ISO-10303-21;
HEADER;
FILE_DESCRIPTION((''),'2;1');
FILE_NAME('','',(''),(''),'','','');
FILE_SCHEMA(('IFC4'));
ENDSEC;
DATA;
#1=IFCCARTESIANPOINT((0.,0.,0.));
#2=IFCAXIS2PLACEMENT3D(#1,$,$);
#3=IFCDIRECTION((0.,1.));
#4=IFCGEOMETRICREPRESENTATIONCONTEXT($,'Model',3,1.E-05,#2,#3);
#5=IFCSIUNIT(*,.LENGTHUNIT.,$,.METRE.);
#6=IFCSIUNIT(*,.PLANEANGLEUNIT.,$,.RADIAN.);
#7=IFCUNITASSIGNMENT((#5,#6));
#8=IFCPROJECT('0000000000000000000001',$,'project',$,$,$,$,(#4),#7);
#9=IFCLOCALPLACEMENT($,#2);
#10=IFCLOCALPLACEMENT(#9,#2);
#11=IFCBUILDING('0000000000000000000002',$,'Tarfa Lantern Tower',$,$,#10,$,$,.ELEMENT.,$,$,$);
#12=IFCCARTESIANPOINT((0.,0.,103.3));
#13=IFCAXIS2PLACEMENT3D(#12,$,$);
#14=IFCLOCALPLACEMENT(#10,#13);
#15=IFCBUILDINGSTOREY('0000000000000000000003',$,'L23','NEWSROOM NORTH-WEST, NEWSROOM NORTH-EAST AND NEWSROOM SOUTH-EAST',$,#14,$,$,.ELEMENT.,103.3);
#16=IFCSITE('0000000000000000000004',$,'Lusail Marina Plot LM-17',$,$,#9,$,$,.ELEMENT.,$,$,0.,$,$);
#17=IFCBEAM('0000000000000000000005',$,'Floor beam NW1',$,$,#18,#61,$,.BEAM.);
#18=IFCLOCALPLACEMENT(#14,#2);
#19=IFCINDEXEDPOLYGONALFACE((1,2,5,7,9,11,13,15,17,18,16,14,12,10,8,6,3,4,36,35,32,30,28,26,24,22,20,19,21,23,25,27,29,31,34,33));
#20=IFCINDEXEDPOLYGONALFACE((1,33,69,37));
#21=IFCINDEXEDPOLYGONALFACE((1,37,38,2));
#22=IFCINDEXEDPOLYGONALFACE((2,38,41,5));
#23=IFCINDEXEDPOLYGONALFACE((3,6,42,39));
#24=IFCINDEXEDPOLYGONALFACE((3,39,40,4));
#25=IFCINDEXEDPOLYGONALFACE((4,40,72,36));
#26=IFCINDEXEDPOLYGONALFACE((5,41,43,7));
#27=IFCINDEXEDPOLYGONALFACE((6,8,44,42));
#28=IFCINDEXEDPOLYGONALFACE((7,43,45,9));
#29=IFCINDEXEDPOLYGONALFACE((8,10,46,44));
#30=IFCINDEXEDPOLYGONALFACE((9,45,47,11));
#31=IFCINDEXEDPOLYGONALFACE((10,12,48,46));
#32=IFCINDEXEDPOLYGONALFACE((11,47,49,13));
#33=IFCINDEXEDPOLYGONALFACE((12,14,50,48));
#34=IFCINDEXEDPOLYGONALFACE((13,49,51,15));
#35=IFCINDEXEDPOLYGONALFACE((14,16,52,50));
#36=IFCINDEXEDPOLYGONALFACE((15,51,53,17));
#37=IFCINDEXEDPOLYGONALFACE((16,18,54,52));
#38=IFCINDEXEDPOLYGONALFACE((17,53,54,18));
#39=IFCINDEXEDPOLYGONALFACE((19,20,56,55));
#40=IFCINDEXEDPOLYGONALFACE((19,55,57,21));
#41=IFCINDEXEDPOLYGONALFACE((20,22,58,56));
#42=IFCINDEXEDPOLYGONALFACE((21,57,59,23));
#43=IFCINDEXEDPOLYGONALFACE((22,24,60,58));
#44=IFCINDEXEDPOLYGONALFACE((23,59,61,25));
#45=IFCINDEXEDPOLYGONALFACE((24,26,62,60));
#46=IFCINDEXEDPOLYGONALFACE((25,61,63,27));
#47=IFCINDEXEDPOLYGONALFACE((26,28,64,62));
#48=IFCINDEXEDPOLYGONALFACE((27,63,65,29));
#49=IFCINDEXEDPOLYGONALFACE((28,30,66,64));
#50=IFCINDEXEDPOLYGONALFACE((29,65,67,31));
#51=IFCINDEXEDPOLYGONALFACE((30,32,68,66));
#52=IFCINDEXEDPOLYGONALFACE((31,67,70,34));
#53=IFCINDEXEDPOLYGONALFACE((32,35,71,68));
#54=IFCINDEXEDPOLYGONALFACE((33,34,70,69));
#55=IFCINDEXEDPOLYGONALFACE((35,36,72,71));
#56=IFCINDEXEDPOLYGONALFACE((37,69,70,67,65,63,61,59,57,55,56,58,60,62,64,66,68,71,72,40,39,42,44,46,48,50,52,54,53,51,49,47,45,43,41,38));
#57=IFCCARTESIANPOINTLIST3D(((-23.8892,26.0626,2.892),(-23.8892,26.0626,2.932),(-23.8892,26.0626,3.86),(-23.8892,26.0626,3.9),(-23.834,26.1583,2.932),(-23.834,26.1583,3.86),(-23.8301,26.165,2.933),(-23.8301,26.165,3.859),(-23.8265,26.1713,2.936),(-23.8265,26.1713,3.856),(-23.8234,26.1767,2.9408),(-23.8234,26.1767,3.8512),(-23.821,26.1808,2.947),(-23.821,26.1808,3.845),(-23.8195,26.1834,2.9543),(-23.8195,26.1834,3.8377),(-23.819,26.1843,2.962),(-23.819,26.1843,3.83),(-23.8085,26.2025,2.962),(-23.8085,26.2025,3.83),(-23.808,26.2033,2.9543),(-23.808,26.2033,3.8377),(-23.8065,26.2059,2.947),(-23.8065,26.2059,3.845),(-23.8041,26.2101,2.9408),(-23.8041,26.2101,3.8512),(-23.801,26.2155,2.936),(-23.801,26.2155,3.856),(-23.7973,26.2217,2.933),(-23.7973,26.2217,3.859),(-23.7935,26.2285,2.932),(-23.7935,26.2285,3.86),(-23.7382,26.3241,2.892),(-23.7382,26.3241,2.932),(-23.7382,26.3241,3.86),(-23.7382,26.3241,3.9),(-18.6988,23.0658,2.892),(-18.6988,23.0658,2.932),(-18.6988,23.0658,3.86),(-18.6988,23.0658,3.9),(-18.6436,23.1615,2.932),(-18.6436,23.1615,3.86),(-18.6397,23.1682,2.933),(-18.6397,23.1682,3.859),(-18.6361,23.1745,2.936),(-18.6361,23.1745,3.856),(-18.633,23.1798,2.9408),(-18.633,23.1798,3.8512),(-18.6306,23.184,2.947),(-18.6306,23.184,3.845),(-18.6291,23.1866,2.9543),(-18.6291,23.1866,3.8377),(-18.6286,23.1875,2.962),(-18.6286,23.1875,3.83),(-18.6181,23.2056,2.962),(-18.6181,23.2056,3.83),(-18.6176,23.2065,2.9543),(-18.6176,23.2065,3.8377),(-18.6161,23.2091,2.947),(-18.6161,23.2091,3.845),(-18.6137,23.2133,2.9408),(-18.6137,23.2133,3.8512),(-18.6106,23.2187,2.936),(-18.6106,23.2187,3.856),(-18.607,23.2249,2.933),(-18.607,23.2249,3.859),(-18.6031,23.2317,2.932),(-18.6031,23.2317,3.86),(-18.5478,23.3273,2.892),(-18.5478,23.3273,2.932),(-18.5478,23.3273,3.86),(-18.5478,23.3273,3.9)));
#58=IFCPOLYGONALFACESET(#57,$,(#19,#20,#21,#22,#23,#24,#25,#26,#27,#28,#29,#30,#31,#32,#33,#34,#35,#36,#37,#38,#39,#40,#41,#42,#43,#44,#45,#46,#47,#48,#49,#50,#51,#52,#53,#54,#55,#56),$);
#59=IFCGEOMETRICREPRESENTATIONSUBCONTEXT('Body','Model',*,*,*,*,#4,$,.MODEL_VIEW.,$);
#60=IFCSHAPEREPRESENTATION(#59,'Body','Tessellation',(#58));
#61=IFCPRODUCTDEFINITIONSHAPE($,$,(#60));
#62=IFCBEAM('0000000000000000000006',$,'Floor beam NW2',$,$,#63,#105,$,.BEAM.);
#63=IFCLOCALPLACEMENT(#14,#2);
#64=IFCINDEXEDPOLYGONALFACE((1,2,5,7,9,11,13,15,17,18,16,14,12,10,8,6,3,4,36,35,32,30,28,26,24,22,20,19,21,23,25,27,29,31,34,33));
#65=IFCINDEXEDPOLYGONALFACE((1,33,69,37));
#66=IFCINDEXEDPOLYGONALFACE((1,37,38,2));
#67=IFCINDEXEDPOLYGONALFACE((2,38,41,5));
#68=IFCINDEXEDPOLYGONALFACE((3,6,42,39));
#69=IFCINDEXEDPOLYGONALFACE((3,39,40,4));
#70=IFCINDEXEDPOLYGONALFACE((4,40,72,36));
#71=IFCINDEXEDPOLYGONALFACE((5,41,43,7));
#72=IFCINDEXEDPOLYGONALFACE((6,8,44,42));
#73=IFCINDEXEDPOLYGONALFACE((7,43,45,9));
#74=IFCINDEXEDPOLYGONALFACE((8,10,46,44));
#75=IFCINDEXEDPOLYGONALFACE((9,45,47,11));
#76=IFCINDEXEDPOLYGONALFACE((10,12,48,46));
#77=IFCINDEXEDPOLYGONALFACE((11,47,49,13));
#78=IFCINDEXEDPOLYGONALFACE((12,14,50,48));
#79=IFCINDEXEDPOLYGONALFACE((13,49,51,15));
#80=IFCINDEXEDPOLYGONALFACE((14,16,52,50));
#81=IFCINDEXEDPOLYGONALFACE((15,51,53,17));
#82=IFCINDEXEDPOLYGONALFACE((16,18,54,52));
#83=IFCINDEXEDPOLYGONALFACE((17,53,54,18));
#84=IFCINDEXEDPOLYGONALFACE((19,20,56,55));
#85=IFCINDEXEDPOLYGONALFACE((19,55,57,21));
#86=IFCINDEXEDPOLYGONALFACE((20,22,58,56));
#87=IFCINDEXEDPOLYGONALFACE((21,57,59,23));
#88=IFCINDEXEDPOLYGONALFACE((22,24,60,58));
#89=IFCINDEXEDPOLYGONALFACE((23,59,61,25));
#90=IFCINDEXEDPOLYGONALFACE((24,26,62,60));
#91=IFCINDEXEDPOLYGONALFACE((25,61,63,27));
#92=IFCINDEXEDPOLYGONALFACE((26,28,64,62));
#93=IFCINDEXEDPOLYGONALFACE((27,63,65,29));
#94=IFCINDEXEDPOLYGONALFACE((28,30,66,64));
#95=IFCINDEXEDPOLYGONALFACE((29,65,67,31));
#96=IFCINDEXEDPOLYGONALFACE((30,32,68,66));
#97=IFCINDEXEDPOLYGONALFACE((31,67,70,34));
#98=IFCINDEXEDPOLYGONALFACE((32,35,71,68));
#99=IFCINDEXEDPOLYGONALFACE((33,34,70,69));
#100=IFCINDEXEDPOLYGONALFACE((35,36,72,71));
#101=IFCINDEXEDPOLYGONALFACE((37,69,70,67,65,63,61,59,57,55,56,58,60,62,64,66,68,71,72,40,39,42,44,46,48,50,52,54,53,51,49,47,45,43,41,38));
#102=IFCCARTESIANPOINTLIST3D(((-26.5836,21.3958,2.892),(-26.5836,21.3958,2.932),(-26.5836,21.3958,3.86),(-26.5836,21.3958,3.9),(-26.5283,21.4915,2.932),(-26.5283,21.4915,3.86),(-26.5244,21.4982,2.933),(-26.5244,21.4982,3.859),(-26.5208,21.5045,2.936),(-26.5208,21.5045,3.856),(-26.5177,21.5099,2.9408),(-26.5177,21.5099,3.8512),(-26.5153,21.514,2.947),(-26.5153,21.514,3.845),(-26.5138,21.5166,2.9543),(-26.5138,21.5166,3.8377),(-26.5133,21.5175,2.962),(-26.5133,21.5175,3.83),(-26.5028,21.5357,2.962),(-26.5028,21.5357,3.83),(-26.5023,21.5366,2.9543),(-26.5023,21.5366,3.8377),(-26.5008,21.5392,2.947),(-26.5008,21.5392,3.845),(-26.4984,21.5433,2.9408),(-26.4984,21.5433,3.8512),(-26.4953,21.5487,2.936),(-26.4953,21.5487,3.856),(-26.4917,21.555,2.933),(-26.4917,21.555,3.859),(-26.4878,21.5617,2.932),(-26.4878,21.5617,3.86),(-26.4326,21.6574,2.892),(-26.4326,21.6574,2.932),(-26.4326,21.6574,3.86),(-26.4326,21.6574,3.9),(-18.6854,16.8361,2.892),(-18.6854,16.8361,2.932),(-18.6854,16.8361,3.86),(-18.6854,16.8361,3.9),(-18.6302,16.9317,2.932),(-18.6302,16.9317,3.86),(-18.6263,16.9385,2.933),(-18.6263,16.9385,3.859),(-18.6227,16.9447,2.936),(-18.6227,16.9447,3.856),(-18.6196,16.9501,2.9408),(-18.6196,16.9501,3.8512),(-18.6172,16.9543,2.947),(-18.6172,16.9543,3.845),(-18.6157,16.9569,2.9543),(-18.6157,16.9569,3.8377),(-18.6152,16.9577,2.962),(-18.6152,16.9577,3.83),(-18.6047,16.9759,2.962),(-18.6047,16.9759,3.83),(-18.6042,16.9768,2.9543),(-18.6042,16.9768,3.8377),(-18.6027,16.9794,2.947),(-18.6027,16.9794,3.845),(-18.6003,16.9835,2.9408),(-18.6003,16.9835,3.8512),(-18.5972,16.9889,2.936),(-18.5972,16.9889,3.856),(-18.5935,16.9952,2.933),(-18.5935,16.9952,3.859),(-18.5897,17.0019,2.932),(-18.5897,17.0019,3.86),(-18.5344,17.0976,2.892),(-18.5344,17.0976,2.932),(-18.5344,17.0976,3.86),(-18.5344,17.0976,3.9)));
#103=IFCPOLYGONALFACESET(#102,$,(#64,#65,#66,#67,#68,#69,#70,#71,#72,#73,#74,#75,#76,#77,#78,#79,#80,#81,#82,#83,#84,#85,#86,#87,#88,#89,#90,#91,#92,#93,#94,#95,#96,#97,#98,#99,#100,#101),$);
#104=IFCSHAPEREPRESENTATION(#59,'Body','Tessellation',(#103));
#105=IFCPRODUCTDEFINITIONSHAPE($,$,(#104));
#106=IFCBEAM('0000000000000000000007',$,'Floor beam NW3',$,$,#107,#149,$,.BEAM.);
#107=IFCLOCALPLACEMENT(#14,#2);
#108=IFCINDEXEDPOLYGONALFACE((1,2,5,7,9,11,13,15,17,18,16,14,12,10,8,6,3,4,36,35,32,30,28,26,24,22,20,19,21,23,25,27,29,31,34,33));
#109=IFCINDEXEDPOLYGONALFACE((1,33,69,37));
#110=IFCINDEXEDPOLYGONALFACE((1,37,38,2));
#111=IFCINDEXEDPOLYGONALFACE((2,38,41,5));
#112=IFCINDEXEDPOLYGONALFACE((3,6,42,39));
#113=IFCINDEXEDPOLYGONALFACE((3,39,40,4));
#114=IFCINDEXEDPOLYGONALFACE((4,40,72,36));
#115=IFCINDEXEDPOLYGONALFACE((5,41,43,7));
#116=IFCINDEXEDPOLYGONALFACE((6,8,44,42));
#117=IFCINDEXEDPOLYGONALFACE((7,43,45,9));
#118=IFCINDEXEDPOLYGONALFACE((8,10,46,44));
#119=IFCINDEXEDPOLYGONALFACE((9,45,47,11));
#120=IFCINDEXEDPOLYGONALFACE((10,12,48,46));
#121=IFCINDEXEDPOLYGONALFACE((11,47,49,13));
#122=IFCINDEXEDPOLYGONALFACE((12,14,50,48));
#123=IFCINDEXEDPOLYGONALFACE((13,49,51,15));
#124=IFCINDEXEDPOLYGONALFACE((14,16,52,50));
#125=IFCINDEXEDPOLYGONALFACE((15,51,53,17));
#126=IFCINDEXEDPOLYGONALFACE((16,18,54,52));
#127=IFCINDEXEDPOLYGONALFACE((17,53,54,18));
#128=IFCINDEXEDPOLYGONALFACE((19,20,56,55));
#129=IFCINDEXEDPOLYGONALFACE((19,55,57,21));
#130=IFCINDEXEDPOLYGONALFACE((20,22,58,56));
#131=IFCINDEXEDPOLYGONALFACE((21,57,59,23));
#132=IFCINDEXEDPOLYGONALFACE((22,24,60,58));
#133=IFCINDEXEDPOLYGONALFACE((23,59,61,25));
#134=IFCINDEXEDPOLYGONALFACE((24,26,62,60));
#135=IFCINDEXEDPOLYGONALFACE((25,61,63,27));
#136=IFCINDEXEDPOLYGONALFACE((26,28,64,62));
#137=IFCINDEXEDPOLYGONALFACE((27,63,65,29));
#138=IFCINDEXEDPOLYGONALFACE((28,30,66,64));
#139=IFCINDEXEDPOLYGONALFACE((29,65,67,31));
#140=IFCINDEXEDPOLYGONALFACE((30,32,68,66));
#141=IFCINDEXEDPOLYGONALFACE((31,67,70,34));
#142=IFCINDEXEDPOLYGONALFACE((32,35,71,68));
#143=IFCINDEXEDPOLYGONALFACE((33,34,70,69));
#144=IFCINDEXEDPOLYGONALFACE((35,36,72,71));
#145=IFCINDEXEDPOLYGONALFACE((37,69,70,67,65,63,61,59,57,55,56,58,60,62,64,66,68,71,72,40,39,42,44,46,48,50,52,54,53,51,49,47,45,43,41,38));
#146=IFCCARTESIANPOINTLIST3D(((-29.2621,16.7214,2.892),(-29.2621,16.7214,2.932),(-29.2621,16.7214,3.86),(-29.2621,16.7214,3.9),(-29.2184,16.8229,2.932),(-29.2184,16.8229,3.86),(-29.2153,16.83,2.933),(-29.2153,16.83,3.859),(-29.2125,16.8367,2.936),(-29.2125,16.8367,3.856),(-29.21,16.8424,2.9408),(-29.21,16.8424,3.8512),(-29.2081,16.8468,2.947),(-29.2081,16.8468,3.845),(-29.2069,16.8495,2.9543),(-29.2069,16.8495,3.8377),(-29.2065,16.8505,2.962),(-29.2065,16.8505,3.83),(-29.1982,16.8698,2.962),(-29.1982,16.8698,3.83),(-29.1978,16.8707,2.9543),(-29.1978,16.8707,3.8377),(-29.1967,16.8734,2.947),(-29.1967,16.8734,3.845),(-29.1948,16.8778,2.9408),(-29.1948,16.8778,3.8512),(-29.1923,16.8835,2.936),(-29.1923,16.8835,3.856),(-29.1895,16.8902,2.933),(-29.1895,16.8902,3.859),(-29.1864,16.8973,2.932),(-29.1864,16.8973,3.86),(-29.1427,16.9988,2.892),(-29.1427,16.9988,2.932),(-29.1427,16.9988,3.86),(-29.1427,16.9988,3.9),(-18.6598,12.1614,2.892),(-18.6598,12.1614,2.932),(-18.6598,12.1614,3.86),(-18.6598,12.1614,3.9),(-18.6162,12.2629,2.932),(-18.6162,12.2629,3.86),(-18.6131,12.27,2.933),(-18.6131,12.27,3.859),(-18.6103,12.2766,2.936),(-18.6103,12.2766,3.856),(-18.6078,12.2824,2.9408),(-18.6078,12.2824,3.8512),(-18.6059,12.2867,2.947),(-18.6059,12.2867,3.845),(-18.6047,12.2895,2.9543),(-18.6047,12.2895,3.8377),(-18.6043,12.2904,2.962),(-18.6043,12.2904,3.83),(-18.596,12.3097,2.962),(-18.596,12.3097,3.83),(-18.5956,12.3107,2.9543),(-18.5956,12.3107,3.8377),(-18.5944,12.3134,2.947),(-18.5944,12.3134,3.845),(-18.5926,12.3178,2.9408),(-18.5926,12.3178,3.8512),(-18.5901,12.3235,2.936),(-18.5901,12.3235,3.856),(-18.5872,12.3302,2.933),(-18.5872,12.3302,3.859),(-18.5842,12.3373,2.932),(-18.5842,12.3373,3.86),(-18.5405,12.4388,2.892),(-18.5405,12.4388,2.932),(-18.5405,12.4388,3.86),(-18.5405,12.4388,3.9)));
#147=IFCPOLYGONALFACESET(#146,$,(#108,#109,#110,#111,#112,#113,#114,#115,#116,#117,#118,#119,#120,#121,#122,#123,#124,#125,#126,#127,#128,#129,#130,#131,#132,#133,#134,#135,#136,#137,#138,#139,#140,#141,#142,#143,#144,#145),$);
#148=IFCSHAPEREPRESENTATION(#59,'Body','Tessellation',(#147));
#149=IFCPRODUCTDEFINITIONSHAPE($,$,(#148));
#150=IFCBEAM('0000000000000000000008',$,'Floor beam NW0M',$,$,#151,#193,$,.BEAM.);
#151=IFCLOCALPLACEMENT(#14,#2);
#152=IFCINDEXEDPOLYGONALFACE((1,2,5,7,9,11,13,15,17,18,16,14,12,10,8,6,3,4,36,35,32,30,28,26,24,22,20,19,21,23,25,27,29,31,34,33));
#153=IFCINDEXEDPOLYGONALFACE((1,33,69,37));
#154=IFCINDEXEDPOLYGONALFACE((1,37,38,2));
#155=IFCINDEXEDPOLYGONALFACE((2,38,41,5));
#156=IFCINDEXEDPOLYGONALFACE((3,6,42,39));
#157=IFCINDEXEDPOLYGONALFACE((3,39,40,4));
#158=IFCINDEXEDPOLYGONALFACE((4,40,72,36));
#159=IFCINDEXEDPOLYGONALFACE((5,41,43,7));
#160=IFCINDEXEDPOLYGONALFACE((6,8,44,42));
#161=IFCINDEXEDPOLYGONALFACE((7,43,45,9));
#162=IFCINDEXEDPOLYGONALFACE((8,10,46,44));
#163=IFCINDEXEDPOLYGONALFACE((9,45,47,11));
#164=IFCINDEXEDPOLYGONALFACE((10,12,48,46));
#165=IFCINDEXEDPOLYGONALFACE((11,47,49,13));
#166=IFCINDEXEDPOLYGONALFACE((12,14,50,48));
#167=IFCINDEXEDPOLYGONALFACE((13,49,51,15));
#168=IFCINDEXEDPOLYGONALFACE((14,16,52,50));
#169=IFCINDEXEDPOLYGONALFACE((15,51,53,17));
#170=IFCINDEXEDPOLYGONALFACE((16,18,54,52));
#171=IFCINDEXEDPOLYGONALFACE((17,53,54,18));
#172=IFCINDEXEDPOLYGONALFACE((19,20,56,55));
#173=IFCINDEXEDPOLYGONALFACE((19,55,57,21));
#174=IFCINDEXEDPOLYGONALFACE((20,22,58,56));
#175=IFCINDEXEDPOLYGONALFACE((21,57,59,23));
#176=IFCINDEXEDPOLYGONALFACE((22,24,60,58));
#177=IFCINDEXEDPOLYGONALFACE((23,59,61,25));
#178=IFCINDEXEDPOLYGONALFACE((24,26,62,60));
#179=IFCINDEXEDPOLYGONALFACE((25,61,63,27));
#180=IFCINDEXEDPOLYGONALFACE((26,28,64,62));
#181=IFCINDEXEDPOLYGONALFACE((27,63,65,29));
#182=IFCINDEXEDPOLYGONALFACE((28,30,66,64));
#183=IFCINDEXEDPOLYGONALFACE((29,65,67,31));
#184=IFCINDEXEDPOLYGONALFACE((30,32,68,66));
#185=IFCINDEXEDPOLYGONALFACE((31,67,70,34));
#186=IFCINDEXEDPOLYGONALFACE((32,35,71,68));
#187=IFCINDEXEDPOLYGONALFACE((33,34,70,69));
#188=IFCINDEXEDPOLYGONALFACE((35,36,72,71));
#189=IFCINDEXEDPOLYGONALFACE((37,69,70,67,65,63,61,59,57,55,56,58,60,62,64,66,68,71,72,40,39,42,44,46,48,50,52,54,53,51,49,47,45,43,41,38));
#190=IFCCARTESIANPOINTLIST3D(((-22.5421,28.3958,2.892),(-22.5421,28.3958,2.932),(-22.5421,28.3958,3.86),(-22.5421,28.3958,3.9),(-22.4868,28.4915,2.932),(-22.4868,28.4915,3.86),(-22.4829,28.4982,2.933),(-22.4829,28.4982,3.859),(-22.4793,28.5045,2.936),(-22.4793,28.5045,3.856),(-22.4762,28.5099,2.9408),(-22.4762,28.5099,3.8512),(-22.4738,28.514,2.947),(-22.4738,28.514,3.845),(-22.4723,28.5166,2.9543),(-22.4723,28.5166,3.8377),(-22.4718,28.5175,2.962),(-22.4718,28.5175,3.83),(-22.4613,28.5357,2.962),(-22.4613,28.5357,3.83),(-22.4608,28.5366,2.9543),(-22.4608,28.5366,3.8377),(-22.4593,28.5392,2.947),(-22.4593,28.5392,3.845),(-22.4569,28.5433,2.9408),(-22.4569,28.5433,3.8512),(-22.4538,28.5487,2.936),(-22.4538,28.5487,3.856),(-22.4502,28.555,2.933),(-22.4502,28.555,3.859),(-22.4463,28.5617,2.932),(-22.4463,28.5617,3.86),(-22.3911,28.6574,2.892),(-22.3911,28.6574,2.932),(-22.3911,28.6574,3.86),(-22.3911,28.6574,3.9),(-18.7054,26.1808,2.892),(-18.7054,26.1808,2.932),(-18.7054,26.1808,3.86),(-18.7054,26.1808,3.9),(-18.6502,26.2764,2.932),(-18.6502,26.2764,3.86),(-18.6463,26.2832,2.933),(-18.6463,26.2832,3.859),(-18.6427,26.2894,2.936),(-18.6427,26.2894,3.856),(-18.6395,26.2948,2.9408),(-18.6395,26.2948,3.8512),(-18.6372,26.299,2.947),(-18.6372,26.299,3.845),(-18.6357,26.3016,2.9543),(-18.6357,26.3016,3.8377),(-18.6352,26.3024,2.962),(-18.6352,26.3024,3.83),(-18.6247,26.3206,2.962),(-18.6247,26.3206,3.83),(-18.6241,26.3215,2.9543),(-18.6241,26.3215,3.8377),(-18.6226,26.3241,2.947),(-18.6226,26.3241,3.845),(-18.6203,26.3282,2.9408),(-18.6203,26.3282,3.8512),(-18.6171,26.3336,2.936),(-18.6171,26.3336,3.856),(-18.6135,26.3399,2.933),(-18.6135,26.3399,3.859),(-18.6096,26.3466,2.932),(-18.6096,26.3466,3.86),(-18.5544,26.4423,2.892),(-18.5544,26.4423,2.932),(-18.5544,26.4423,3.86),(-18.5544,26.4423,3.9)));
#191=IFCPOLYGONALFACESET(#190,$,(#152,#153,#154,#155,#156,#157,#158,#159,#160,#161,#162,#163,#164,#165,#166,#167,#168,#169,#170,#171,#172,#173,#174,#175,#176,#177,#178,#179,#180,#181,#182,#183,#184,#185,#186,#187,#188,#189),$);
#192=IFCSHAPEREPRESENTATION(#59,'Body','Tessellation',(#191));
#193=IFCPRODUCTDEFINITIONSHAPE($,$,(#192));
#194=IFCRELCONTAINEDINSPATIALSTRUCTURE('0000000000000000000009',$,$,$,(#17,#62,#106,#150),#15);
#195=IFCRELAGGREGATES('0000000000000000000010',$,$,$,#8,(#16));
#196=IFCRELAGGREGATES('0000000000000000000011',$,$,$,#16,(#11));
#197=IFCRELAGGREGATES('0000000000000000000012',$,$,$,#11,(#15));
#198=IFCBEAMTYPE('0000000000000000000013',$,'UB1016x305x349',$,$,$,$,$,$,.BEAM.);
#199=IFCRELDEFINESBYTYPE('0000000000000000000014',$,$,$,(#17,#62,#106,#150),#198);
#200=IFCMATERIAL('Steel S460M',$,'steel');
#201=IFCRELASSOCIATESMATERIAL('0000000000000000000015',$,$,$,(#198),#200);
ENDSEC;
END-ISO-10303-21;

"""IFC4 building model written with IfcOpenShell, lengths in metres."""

from ifc_helpers import new_model, si_unit, direction, frame, origin, origin_2d, place, context, subcontext, project, spatial, i_section, extrude, material, material_profile, profile_set, type_object, element, save


model = new_model("IFC4")

# Units and contexts
model_context = context("Model", 3, precision=1e-05, world=origin(), true_north=direction((0.0, 1.0)))
body_context = subcontext(model_context, "Body", "Model", "MODEL_VIEW")
ifc_project = project(units=[si_unit("LENGTHUNIT", "METRE"), si_unit("PLANEANGLEUNIT", "RADIAN")], contexts=[model_context])

# Site, building, storey
site_placement = place(None, origin())
site = spatial("IfcSite", under=ifc_project, at=site_placement, Name="Lusail Marina Plot LM-17", CompositionType="ELEMENT", RefElevation=0.0)
building_placement = place(site_placement, origin())
building = spatial("IfcBuilding", under=site, at=building_placement, Name="Tarfa Lantern Tower", CompositionType="ELEMENT")
storey_placement = place(building_placement, frame((0.0, 0.0, 103.3)))
storey = spatial("IfcBuildingStorey", under=building, at=storey_placement, Name="L23", Description="NEWSROOM NORTH-WEST, NEWSROOM NORTH-EAST AND NEWSROOM SOUTH-EAST", CompositionType="ELEMENT", Elevation=103.3)

# Beams
ifc_material_1 = material(Name="Steel S460M", Category="steel")
ifc_material_profile_1 = material_profile(ifc_material_1, i_section(OverallWidth=0.302, OverallDepth=1.0081, WebThickness=0.021, FlangeThickness=0.04, FilletRadius=0.03, at=origin_2d()), Name="UB1016x305x349")
ifc_profile_set_1 = profile_set([ifc_material_profile_1], Name="Steel S460M")
beam_type_1 = type_object("IfcBeamType", Name="UB1016x305x349", PredefinedType="BEAM", material=ifc_profile_set_1)
beam_1_placement = place(storey_placement, frame((-23.8137, 26.1934, 3.396), z_axis=(0.866016, -0.500016, 0.0), x_axis=(0.500016, 0.866016, 0.0)))
element("IfcBeam", 1, at=beam_1_placement, inside=storey, type_object=beam_type_1, Name="Floor beam NW1", PredefinedType="BEAM", context=body_context, shape_type="SweptSolid", body=[
    extrude(i_section(OverallWidth=0.302, OverallDepth=1.0081, WebThickness=0.021, FlangeThickness=0.04, FilletRadius=0.03, at=origin_2d()), origin(), (0.0, 0.0, 1.0), 5.9934),
])
beam_2_placement = place(storey_placement, frame((-26.5081, 21.5266, 3.396), z_axis=(0.866035, -0.499983, 0.0), x_axis=(0.499983, 0.866035, 0.0)))
element("IfcBeam", 2, at=beam_2_placement, inside=storey, type_object=beam_type_1, Name="Floor beam NW2", PredefinedType="BEAM", context=body_context, shape_type="SweptSolid", body=[
    extrude(i_section(OverallWidth=0.302, OverallDepth=1.0081, WebThickness=0.021, FlangeThickness=0.04, FilletRadius=0.03, at=origin_2d()), origin(), (0.0, 0.0, 1.0), 9.1199),
])
beam_3_placement = place(storey_placement, frame((-29.2024, 16.8601, 3.396), z_axis=(0.918635, -0.395106, 0.0), x_axis=(0.395106, 0.918635, 0.0)))
element("IfcBeam", 3, at=beam_3_placement, inside=storey, type_object=beam_type_1, Name="Floor beam NW3", PredefinedType="BEAM", context=body_context, shape_type="SweptSolid", body=[
    extrude(i_section(OverallWidth=0.302, OverallDepth=1.0081, WebThickness=0.021, FlangeThickness=0.04, FilletRadius=0.03, at=origin_2d()), origin(), (0.0, 0.0, 1.0), 11.5413),
])
beam_4_placement = place(storey_placement, frame((-22.4666, 28.5266, 3.396), z_axis=(0.866027, -0.499998, 0.0), x_axis=(0.499998, 0.866027, 0.0)))
element("IfcBeam", 4, at=beam_4_placement, inside=storey, type_object=beam_type_1, Name="Floor beam NW0M", PredefinedType="BEAM", context=body_context, shape_type="SweptSolid", body=[
    extrude(i_section(OverallWidth=0.302, OverallDepth=1.0081, WebThickness=0.021, FlangeThickness=0.04, FilletRadius=0.03, at=origin_2d()), origin(), (0.0, 0.0, 1.0), 4.4302),
])

save(model, "model.ifc")
